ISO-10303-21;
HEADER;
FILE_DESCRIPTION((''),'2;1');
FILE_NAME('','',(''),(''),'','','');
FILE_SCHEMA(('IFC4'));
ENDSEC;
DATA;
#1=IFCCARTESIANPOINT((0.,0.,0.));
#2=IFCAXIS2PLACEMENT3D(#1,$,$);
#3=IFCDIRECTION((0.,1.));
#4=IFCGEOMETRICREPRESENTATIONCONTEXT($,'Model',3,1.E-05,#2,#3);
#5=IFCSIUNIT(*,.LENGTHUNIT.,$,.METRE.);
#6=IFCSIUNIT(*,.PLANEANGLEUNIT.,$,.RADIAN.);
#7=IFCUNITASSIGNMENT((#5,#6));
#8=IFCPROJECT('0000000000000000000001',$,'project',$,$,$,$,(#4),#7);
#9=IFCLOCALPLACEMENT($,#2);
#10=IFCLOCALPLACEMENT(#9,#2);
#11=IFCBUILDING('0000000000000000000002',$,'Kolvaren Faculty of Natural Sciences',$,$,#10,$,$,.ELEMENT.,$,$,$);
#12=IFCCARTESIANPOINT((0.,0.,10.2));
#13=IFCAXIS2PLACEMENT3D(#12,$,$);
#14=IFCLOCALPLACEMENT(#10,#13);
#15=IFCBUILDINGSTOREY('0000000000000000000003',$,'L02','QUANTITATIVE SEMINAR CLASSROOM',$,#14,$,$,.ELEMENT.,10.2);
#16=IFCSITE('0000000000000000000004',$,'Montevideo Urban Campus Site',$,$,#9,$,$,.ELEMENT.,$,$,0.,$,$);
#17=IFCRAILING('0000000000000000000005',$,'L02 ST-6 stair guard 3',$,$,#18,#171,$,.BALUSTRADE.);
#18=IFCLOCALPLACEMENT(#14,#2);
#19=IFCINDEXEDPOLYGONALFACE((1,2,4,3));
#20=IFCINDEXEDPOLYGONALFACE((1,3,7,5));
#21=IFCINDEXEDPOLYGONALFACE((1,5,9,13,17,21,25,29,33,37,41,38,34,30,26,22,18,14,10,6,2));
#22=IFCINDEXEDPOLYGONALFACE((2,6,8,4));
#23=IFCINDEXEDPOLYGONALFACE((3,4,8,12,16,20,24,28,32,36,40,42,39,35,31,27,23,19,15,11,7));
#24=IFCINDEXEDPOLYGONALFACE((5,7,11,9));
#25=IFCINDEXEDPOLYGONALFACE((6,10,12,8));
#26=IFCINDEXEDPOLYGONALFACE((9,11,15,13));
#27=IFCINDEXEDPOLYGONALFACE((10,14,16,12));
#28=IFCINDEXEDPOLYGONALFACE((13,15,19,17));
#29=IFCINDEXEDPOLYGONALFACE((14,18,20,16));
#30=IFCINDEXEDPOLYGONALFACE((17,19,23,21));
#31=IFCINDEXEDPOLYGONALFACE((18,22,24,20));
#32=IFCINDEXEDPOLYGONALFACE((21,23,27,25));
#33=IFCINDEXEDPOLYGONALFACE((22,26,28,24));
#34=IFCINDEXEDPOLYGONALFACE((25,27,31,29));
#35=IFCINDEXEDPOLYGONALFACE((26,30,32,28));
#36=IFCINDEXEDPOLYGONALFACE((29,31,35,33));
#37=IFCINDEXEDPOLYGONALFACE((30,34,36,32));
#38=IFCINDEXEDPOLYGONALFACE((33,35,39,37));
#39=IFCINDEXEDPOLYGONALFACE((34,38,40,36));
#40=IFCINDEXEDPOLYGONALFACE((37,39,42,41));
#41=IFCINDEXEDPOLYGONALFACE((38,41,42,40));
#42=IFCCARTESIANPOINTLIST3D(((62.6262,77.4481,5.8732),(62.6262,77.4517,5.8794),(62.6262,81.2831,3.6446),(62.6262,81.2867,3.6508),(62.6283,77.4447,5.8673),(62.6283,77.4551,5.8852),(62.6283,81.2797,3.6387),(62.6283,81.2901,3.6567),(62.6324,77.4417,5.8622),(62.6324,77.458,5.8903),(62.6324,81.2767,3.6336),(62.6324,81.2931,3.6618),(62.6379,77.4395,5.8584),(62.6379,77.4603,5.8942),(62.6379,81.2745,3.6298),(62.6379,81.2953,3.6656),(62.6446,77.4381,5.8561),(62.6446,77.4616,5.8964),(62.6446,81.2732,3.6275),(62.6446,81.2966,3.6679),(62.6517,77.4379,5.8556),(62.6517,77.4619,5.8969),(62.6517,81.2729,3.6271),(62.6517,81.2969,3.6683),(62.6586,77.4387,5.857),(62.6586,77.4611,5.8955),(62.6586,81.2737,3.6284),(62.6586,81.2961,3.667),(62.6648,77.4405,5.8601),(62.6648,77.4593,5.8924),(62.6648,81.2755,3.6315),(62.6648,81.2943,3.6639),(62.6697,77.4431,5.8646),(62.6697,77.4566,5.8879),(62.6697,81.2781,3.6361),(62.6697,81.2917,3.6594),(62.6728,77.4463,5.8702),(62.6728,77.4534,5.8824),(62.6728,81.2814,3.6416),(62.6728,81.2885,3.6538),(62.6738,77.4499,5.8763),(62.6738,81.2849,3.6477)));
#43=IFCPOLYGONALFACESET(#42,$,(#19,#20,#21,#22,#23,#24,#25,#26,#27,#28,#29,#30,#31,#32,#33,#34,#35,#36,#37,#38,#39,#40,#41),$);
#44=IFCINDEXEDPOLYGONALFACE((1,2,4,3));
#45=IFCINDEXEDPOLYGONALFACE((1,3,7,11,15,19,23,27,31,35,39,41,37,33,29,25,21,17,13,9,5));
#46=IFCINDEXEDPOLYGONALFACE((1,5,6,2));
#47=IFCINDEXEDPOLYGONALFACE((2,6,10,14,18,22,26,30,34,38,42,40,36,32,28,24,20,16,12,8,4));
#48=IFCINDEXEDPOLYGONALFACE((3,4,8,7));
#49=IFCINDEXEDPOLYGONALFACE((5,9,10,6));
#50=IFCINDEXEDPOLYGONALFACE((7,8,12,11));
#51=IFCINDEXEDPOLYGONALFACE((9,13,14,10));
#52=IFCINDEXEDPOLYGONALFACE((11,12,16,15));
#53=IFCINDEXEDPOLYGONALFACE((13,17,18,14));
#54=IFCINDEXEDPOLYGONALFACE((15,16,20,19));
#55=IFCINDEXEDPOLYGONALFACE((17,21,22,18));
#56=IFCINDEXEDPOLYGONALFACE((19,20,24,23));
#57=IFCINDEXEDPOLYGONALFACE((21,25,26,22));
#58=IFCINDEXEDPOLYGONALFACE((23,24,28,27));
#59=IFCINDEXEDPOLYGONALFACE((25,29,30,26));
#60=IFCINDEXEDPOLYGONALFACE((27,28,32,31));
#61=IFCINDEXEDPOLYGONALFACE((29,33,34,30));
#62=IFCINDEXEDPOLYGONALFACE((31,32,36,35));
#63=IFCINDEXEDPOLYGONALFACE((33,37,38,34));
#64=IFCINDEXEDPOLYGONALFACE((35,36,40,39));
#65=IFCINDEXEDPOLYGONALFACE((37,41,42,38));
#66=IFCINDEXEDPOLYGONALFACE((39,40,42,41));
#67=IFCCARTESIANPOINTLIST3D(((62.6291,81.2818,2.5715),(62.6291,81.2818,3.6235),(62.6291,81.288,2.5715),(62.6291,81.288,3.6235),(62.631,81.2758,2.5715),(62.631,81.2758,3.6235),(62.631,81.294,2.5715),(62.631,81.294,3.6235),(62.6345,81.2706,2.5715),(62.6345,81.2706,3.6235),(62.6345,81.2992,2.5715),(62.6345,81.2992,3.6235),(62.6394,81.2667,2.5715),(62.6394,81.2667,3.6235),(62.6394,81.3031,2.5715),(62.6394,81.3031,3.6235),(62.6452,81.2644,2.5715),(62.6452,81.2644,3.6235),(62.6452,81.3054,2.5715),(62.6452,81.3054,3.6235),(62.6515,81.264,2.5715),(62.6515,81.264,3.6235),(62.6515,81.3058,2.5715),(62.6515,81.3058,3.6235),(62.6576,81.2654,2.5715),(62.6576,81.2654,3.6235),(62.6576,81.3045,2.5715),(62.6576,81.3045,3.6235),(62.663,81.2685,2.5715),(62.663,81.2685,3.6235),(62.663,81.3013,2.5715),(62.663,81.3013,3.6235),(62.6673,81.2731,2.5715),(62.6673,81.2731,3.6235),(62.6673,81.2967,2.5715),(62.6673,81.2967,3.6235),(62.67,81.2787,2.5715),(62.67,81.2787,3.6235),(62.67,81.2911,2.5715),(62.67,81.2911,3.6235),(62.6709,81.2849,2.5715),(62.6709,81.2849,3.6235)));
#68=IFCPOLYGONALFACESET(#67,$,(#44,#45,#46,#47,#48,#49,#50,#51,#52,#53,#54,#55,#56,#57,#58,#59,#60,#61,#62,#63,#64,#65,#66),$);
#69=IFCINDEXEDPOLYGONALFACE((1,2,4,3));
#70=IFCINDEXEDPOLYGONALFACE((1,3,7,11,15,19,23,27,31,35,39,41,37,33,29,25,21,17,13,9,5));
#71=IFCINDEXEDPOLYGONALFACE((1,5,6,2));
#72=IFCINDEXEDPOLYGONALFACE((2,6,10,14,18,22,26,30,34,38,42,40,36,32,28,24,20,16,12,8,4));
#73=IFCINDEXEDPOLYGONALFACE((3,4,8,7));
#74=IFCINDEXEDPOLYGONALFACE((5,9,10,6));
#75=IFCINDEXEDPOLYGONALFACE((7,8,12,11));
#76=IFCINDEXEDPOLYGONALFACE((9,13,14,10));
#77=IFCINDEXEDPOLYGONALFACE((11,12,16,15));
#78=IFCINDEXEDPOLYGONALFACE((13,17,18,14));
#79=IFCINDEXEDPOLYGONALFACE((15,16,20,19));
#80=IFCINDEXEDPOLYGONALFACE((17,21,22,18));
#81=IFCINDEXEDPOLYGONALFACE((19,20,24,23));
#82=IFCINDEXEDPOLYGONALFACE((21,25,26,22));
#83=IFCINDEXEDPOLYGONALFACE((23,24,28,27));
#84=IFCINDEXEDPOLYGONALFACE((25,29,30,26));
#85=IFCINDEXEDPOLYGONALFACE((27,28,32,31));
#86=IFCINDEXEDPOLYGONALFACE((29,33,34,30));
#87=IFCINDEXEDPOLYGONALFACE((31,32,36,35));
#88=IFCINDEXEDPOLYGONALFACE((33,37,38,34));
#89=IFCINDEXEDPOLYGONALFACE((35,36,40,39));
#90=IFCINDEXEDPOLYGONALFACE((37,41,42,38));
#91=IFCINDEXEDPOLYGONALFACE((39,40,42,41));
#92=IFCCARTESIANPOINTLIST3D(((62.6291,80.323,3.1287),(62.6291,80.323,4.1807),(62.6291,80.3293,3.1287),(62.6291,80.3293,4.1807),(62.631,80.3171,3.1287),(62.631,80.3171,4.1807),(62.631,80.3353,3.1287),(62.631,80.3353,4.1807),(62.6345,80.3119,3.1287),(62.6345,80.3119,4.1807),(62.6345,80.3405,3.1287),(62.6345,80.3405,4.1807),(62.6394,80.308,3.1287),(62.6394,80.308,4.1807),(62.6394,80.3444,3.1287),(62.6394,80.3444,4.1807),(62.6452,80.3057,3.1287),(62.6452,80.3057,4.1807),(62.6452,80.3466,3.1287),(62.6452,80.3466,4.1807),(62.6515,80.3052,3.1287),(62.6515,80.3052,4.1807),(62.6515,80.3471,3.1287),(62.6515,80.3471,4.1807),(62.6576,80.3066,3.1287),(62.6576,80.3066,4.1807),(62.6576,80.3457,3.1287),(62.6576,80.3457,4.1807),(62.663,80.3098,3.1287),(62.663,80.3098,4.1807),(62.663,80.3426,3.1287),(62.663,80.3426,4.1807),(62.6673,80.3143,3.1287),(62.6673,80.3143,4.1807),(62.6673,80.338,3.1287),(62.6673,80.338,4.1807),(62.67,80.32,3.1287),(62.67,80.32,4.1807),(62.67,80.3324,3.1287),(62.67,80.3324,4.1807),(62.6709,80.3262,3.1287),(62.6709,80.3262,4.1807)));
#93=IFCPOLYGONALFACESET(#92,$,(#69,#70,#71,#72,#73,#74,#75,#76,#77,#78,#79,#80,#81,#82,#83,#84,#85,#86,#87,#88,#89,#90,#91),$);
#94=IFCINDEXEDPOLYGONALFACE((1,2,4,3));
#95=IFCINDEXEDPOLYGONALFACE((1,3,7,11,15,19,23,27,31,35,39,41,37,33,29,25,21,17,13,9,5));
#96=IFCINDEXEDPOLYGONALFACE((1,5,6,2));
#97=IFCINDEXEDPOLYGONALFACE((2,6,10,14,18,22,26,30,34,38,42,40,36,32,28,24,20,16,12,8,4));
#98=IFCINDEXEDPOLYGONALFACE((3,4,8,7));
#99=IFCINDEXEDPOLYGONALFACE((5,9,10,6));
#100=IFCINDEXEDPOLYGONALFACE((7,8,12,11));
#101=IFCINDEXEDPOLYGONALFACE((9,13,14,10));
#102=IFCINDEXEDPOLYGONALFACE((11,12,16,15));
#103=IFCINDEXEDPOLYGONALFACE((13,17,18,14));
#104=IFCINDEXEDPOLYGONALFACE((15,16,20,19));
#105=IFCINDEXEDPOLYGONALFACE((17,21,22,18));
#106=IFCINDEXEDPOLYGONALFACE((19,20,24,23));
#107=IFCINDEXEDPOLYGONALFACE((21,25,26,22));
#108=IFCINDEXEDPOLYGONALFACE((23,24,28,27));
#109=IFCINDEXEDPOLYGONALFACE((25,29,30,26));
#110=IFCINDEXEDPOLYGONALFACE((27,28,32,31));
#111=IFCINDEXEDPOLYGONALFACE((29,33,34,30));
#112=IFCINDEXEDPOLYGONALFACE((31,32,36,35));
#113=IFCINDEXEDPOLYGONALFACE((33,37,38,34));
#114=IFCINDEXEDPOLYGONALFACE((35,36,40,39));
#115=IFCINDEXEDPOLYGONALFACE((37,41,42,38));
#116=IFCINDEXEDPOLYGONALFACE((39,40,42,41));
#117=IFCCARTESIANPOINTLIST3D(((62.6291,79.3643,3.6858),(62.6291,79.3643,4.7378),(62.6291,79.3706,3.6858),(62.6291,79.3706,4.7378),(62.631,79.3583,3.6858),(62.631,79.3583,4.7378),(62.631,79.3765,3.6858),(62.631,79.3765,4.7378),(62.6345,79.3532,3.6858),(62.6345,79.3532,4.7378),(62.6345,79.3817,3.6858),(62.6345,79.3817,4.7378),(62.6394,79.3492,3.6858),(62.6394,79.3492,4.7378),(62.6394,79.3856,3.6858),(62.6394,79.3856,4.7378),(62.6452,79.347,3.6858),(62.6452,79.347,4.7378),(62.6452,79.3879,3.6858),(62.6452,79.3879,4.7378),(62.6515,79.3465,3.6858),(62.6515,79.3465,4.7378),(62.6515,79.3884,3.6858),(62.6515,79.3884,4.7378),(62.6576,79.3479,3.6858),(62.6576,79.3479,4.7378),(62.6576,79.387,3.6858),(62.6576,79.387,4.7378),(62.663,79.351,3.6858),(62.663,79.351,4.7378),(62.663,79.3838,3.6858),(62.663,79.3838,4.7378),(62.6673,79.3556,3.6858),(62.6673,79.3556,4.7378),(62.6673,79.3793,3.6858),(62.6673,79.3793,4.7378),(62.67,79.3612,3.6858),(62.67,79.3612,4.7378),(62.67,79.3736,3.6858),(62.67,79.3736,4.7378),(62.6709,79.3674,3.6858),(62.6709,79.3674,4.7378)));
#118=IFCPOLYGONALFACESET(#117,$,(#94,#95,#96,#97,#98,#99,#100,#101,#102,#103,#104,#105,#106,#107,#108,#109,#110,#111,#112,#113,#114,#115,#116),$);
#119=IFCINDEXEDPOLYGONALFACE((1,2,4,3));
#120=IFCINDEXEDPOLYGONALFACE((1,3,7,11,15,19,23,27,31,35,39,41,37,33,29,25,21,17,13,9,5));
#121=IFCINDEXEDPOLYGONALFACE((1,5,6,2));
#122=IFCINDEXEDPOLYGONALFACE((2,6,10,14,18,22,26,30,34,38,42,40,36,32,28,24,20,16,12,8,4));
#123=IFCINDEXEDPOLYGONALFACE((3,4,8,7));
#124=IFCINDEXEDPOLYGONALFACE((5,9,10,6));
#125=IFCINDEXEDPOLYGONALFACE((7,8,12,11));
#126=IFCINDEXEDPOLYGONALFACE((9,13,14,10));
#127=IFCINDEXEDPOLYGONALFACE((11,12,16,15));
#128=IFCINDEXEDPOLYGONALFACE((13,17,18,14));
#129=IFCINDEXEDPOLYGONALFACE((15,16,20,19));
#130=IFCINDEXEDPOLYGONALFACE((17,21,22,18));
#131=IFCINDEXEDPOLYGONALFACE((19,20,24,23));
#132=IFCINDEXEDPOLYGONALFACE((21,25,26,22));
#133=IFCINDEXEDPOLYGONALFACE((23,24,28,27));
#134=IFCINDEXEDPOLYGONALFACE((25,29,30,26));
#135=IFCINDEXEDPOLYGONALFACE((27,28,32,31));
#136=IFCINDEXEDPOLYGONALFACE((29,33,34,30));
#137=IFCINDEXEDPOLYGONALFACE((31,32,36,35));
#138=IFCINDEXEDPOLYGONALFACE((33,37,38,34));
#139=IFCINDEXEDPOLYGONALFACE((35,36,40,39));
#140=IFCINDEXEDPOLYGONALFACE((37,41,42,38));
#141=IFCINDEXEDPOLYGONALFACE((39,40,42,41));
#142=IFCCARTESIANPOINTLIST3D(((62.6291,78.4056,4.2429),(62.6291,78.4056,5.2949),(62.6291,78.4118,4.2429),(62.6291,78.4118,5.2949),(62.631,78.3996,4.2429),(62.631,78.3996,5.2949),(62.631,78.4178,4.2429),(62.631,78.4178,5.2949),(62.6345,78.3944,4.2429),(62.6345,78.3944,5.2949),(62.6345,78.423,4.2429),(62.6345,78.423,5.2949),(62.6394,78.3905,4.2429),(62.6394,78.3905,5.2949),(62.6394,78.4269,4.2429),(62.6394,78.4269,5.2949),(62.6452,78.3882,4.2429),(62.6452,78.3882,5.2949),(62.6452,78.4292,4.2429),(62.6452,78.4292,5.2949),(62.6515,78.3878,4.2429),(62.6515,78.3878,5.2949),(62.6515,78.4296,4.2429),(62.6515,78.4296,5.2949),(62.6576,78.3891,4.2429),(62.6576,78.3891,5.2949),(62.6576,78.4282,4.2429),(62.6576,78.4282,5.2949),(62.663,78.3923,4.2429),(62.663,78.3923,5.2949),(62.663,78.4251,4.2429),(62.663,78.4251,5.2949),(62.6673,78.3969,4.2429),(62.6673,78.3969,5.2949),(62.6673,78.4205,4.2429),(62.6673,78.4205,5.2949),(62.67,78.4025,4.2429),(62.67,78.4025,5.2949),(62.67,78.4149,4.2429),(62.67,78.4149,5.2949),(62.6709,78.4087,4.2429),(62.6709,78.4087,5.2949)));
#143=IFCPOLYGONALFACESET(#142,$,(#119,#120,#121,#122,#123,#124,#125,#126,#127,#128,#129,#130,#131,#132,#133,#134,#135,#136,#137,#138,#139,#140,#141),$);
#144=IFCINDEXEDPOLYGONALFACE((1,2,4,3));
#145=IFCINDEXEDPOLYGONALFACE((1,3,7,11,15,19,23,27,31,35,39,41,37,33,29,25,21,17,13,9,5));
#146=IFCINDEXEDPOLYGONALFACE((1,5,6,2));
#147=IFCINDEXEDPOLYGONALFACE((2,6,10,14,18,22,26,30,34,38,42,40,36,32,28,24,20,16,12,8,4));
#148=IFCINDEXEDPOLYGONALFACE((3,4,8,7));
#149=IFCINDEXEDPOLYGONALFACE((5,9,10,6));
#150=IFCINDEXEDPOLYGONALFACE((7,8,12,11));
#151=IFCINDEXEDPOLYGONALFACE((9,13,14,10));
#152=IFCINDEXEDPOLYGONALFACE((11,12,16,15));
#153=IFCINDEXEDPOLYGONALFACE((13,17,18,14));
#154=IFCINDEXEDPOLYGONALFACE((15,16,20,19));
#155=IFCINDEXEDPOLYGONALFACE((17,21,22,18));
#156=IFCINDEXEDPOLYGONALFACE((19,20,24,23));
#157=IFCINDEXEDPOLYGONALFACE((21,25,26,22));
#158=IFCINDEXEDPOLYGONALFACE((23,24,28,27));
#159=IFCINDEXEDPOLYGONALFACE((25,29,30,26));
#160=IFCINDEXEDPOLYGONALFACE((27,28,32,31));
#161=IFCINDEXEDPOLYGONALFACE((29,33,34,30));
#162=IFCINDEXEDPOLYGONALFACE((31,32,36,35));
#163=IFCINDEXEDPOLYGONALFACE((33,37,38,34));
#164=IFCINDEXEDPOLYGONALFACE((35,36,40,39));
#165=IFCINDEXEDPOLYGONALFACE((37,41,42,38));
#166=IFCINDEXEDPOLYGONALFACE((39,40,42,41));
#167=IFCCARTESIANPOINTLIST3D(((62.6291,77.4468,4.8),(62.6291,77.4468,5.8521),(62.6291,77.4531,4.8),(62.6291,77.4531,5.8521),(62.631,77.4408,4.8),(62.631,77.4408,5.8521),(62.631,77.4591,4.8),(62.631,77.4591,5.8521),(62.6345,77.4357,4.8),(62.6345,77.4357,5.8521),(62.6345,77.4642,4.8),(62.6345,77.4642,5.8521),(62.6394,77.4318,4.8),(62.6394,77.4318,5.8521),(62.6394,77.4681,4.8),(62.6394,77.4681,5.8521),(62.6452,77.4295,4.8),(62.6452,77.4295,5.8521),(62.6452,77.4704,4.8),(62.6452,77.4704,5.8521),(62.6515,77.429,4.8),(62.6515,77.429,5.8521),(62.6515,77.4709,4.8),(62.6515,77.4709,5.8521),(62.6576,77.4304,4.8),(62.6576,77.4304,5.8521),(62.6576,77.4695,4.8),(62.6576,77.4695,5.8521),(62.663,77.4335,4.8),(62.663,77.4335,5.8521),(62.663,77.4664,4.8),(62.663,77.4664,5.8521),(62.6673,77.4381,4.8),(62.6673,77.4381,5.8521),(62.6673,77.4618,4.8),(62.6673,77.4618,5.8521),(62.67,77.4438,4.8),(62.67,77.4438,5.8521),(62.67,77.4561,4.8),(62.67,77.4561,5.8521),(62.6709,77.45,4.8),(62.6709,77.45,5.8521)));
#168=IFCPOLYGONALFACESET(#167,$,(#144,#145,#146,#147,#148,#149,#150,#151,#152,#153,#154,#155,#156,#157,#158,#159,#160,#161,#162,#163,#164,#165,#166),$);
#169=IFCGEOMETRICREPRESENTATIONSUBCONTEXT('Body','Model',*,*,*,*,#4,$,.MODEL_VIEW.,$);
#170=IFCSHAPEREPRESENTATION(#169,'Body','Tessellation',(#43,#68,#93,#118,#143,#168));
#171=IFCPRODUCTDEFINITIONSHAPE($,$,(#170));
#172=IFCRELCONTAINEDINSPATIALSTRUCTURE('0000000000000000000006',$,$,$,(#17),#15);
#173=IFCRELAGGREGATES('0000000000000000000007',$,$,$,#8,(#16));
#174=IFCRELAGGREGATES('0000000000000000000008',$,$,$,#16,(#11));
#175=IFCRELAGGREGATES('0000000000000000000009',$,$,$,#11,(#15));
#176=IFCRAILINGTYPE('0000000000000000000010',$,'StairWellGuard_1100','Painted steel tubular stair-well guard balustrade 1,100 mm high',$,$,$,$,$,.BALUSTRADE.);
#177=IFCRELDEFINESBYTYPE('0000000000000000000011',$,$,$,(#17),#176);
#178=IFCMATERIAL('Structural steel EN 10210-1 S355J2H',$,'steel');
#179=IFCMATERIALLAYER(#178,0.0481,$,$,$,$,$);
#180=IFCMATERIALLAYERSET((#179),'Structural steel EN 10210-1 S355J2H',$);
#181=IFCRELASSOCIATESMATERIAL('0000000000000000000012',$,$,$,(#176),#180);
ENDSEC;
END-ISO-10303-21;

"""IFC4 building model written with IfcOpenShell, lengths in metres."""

from ifc_helpers import new_model, si_unit, direction, frame, origin, origin_2d, place, context, subcontext, project, spatial, circle, extrude, material, layer, layer_set, type_object, element, save


model = new_model("IFC4")

# Units and contexts
model_context = context("Model", 3, precision=1e-05, world=origin(), true_north=direction((0.0, 1.0)))
body_context = subcontext(model_context, "Body", "Model", "MODEL_VIEW")
ifc_project = project(units=[si_unit("LENGTHUNIT", "METRE"), si_unit("PLANEANGLEUNIT", "RADIAN")], contexts=[model_context])

# Site, building, storey
site_placement = place(None, origin())
site = spatial("IfcSite", under=ifc_project, at=site_placement, Name="Montevideo Urban Campus Site", CompositionType="ELEMENT", RefElevation=0.0)
building_placement = place(site_placement, origin())
building = spatial("IfcBuilding", under=site, at=building_placement, Name="Kolvaren Faculty of Natural Sciences", CompositionType="ELEMENT")
storey_placement = place(building_placement, frame((0.0, 0.0, 10.2)))
storey = spatial("IfcBuildingStorey", under=building, at=storey_placement, Name="L02", Description="QUANTITATIVE SEMINAR CLASSROOM", CompositionType="ELEMENT", Elevation=10.2)

# Railing
ifc_material_1 = material(Name="Structural steel EN 10210-1 S355J2H", Category="steel")
ifc_layer_1 = layer(ifc_material_1, 0.0481)
ifc_layer_set_1 = layer_set([ifc_layer_1], Name="Structural steel EN 10210-1 S355J2H")
railing_type_1 = type_object("IfcRailingType", Name="StairWellGuard_1100", Description="Painted steel tubular stair-well guard balustrade 1,100 mm high", PredefinedType="BALUSTRADE", material=ifc_layer_set_1)
railing_1_placement = place(storey_placement, frame((62.6499, 81.2849, 2.5715)))
element("IfcRailing", 1, at=railing_1_placement, inside=storey, type_object=railing_type_1, Name="L02 ST-6 stair guard 3", PredefinedType="BALUSTRADE", context=body_context, shape_type="SweptSolid", body=[
    extrude(circle(Radius=0.0239, at=origin_2d()), frame((0.0, 0.0, 1.0762), z_axis=(0.0, -0.864616, 0.502433), x_axis=(1.0, 0.0, 0.0)), (0.0, 0.0, 1.0), 4.4355),
    extrude(circle(Radius=0.021, at=origin_2d()), origin(), (0.0, 0.0, 1.0), 1.052),
    extrude(circle(Radius=0.021, at=origin_2d()), frame((0.0, -0.9587, 0.5571)), (0.0, 0.0, 1.0), 1.052),
    extrude(circle(Radius=0.021, at=origin_2d()), frame((0.0, -1.9175, 1.1143)), (0.0, 0.0, 1.0), 1.052),
    extrude(circle(Radius=0.021, at=origin_2d()), frame((0.0, -2.8762, 1.6714)), (0.0, 0.0, 1.0), 1.052),
    extrude(circle(Radius=0.021, at=origin_2d()), frame((0.0, -3.835, 2.2285)), (0.0, 0.0, 1.0), 1.052),
])

save(model, "model.ifc")
